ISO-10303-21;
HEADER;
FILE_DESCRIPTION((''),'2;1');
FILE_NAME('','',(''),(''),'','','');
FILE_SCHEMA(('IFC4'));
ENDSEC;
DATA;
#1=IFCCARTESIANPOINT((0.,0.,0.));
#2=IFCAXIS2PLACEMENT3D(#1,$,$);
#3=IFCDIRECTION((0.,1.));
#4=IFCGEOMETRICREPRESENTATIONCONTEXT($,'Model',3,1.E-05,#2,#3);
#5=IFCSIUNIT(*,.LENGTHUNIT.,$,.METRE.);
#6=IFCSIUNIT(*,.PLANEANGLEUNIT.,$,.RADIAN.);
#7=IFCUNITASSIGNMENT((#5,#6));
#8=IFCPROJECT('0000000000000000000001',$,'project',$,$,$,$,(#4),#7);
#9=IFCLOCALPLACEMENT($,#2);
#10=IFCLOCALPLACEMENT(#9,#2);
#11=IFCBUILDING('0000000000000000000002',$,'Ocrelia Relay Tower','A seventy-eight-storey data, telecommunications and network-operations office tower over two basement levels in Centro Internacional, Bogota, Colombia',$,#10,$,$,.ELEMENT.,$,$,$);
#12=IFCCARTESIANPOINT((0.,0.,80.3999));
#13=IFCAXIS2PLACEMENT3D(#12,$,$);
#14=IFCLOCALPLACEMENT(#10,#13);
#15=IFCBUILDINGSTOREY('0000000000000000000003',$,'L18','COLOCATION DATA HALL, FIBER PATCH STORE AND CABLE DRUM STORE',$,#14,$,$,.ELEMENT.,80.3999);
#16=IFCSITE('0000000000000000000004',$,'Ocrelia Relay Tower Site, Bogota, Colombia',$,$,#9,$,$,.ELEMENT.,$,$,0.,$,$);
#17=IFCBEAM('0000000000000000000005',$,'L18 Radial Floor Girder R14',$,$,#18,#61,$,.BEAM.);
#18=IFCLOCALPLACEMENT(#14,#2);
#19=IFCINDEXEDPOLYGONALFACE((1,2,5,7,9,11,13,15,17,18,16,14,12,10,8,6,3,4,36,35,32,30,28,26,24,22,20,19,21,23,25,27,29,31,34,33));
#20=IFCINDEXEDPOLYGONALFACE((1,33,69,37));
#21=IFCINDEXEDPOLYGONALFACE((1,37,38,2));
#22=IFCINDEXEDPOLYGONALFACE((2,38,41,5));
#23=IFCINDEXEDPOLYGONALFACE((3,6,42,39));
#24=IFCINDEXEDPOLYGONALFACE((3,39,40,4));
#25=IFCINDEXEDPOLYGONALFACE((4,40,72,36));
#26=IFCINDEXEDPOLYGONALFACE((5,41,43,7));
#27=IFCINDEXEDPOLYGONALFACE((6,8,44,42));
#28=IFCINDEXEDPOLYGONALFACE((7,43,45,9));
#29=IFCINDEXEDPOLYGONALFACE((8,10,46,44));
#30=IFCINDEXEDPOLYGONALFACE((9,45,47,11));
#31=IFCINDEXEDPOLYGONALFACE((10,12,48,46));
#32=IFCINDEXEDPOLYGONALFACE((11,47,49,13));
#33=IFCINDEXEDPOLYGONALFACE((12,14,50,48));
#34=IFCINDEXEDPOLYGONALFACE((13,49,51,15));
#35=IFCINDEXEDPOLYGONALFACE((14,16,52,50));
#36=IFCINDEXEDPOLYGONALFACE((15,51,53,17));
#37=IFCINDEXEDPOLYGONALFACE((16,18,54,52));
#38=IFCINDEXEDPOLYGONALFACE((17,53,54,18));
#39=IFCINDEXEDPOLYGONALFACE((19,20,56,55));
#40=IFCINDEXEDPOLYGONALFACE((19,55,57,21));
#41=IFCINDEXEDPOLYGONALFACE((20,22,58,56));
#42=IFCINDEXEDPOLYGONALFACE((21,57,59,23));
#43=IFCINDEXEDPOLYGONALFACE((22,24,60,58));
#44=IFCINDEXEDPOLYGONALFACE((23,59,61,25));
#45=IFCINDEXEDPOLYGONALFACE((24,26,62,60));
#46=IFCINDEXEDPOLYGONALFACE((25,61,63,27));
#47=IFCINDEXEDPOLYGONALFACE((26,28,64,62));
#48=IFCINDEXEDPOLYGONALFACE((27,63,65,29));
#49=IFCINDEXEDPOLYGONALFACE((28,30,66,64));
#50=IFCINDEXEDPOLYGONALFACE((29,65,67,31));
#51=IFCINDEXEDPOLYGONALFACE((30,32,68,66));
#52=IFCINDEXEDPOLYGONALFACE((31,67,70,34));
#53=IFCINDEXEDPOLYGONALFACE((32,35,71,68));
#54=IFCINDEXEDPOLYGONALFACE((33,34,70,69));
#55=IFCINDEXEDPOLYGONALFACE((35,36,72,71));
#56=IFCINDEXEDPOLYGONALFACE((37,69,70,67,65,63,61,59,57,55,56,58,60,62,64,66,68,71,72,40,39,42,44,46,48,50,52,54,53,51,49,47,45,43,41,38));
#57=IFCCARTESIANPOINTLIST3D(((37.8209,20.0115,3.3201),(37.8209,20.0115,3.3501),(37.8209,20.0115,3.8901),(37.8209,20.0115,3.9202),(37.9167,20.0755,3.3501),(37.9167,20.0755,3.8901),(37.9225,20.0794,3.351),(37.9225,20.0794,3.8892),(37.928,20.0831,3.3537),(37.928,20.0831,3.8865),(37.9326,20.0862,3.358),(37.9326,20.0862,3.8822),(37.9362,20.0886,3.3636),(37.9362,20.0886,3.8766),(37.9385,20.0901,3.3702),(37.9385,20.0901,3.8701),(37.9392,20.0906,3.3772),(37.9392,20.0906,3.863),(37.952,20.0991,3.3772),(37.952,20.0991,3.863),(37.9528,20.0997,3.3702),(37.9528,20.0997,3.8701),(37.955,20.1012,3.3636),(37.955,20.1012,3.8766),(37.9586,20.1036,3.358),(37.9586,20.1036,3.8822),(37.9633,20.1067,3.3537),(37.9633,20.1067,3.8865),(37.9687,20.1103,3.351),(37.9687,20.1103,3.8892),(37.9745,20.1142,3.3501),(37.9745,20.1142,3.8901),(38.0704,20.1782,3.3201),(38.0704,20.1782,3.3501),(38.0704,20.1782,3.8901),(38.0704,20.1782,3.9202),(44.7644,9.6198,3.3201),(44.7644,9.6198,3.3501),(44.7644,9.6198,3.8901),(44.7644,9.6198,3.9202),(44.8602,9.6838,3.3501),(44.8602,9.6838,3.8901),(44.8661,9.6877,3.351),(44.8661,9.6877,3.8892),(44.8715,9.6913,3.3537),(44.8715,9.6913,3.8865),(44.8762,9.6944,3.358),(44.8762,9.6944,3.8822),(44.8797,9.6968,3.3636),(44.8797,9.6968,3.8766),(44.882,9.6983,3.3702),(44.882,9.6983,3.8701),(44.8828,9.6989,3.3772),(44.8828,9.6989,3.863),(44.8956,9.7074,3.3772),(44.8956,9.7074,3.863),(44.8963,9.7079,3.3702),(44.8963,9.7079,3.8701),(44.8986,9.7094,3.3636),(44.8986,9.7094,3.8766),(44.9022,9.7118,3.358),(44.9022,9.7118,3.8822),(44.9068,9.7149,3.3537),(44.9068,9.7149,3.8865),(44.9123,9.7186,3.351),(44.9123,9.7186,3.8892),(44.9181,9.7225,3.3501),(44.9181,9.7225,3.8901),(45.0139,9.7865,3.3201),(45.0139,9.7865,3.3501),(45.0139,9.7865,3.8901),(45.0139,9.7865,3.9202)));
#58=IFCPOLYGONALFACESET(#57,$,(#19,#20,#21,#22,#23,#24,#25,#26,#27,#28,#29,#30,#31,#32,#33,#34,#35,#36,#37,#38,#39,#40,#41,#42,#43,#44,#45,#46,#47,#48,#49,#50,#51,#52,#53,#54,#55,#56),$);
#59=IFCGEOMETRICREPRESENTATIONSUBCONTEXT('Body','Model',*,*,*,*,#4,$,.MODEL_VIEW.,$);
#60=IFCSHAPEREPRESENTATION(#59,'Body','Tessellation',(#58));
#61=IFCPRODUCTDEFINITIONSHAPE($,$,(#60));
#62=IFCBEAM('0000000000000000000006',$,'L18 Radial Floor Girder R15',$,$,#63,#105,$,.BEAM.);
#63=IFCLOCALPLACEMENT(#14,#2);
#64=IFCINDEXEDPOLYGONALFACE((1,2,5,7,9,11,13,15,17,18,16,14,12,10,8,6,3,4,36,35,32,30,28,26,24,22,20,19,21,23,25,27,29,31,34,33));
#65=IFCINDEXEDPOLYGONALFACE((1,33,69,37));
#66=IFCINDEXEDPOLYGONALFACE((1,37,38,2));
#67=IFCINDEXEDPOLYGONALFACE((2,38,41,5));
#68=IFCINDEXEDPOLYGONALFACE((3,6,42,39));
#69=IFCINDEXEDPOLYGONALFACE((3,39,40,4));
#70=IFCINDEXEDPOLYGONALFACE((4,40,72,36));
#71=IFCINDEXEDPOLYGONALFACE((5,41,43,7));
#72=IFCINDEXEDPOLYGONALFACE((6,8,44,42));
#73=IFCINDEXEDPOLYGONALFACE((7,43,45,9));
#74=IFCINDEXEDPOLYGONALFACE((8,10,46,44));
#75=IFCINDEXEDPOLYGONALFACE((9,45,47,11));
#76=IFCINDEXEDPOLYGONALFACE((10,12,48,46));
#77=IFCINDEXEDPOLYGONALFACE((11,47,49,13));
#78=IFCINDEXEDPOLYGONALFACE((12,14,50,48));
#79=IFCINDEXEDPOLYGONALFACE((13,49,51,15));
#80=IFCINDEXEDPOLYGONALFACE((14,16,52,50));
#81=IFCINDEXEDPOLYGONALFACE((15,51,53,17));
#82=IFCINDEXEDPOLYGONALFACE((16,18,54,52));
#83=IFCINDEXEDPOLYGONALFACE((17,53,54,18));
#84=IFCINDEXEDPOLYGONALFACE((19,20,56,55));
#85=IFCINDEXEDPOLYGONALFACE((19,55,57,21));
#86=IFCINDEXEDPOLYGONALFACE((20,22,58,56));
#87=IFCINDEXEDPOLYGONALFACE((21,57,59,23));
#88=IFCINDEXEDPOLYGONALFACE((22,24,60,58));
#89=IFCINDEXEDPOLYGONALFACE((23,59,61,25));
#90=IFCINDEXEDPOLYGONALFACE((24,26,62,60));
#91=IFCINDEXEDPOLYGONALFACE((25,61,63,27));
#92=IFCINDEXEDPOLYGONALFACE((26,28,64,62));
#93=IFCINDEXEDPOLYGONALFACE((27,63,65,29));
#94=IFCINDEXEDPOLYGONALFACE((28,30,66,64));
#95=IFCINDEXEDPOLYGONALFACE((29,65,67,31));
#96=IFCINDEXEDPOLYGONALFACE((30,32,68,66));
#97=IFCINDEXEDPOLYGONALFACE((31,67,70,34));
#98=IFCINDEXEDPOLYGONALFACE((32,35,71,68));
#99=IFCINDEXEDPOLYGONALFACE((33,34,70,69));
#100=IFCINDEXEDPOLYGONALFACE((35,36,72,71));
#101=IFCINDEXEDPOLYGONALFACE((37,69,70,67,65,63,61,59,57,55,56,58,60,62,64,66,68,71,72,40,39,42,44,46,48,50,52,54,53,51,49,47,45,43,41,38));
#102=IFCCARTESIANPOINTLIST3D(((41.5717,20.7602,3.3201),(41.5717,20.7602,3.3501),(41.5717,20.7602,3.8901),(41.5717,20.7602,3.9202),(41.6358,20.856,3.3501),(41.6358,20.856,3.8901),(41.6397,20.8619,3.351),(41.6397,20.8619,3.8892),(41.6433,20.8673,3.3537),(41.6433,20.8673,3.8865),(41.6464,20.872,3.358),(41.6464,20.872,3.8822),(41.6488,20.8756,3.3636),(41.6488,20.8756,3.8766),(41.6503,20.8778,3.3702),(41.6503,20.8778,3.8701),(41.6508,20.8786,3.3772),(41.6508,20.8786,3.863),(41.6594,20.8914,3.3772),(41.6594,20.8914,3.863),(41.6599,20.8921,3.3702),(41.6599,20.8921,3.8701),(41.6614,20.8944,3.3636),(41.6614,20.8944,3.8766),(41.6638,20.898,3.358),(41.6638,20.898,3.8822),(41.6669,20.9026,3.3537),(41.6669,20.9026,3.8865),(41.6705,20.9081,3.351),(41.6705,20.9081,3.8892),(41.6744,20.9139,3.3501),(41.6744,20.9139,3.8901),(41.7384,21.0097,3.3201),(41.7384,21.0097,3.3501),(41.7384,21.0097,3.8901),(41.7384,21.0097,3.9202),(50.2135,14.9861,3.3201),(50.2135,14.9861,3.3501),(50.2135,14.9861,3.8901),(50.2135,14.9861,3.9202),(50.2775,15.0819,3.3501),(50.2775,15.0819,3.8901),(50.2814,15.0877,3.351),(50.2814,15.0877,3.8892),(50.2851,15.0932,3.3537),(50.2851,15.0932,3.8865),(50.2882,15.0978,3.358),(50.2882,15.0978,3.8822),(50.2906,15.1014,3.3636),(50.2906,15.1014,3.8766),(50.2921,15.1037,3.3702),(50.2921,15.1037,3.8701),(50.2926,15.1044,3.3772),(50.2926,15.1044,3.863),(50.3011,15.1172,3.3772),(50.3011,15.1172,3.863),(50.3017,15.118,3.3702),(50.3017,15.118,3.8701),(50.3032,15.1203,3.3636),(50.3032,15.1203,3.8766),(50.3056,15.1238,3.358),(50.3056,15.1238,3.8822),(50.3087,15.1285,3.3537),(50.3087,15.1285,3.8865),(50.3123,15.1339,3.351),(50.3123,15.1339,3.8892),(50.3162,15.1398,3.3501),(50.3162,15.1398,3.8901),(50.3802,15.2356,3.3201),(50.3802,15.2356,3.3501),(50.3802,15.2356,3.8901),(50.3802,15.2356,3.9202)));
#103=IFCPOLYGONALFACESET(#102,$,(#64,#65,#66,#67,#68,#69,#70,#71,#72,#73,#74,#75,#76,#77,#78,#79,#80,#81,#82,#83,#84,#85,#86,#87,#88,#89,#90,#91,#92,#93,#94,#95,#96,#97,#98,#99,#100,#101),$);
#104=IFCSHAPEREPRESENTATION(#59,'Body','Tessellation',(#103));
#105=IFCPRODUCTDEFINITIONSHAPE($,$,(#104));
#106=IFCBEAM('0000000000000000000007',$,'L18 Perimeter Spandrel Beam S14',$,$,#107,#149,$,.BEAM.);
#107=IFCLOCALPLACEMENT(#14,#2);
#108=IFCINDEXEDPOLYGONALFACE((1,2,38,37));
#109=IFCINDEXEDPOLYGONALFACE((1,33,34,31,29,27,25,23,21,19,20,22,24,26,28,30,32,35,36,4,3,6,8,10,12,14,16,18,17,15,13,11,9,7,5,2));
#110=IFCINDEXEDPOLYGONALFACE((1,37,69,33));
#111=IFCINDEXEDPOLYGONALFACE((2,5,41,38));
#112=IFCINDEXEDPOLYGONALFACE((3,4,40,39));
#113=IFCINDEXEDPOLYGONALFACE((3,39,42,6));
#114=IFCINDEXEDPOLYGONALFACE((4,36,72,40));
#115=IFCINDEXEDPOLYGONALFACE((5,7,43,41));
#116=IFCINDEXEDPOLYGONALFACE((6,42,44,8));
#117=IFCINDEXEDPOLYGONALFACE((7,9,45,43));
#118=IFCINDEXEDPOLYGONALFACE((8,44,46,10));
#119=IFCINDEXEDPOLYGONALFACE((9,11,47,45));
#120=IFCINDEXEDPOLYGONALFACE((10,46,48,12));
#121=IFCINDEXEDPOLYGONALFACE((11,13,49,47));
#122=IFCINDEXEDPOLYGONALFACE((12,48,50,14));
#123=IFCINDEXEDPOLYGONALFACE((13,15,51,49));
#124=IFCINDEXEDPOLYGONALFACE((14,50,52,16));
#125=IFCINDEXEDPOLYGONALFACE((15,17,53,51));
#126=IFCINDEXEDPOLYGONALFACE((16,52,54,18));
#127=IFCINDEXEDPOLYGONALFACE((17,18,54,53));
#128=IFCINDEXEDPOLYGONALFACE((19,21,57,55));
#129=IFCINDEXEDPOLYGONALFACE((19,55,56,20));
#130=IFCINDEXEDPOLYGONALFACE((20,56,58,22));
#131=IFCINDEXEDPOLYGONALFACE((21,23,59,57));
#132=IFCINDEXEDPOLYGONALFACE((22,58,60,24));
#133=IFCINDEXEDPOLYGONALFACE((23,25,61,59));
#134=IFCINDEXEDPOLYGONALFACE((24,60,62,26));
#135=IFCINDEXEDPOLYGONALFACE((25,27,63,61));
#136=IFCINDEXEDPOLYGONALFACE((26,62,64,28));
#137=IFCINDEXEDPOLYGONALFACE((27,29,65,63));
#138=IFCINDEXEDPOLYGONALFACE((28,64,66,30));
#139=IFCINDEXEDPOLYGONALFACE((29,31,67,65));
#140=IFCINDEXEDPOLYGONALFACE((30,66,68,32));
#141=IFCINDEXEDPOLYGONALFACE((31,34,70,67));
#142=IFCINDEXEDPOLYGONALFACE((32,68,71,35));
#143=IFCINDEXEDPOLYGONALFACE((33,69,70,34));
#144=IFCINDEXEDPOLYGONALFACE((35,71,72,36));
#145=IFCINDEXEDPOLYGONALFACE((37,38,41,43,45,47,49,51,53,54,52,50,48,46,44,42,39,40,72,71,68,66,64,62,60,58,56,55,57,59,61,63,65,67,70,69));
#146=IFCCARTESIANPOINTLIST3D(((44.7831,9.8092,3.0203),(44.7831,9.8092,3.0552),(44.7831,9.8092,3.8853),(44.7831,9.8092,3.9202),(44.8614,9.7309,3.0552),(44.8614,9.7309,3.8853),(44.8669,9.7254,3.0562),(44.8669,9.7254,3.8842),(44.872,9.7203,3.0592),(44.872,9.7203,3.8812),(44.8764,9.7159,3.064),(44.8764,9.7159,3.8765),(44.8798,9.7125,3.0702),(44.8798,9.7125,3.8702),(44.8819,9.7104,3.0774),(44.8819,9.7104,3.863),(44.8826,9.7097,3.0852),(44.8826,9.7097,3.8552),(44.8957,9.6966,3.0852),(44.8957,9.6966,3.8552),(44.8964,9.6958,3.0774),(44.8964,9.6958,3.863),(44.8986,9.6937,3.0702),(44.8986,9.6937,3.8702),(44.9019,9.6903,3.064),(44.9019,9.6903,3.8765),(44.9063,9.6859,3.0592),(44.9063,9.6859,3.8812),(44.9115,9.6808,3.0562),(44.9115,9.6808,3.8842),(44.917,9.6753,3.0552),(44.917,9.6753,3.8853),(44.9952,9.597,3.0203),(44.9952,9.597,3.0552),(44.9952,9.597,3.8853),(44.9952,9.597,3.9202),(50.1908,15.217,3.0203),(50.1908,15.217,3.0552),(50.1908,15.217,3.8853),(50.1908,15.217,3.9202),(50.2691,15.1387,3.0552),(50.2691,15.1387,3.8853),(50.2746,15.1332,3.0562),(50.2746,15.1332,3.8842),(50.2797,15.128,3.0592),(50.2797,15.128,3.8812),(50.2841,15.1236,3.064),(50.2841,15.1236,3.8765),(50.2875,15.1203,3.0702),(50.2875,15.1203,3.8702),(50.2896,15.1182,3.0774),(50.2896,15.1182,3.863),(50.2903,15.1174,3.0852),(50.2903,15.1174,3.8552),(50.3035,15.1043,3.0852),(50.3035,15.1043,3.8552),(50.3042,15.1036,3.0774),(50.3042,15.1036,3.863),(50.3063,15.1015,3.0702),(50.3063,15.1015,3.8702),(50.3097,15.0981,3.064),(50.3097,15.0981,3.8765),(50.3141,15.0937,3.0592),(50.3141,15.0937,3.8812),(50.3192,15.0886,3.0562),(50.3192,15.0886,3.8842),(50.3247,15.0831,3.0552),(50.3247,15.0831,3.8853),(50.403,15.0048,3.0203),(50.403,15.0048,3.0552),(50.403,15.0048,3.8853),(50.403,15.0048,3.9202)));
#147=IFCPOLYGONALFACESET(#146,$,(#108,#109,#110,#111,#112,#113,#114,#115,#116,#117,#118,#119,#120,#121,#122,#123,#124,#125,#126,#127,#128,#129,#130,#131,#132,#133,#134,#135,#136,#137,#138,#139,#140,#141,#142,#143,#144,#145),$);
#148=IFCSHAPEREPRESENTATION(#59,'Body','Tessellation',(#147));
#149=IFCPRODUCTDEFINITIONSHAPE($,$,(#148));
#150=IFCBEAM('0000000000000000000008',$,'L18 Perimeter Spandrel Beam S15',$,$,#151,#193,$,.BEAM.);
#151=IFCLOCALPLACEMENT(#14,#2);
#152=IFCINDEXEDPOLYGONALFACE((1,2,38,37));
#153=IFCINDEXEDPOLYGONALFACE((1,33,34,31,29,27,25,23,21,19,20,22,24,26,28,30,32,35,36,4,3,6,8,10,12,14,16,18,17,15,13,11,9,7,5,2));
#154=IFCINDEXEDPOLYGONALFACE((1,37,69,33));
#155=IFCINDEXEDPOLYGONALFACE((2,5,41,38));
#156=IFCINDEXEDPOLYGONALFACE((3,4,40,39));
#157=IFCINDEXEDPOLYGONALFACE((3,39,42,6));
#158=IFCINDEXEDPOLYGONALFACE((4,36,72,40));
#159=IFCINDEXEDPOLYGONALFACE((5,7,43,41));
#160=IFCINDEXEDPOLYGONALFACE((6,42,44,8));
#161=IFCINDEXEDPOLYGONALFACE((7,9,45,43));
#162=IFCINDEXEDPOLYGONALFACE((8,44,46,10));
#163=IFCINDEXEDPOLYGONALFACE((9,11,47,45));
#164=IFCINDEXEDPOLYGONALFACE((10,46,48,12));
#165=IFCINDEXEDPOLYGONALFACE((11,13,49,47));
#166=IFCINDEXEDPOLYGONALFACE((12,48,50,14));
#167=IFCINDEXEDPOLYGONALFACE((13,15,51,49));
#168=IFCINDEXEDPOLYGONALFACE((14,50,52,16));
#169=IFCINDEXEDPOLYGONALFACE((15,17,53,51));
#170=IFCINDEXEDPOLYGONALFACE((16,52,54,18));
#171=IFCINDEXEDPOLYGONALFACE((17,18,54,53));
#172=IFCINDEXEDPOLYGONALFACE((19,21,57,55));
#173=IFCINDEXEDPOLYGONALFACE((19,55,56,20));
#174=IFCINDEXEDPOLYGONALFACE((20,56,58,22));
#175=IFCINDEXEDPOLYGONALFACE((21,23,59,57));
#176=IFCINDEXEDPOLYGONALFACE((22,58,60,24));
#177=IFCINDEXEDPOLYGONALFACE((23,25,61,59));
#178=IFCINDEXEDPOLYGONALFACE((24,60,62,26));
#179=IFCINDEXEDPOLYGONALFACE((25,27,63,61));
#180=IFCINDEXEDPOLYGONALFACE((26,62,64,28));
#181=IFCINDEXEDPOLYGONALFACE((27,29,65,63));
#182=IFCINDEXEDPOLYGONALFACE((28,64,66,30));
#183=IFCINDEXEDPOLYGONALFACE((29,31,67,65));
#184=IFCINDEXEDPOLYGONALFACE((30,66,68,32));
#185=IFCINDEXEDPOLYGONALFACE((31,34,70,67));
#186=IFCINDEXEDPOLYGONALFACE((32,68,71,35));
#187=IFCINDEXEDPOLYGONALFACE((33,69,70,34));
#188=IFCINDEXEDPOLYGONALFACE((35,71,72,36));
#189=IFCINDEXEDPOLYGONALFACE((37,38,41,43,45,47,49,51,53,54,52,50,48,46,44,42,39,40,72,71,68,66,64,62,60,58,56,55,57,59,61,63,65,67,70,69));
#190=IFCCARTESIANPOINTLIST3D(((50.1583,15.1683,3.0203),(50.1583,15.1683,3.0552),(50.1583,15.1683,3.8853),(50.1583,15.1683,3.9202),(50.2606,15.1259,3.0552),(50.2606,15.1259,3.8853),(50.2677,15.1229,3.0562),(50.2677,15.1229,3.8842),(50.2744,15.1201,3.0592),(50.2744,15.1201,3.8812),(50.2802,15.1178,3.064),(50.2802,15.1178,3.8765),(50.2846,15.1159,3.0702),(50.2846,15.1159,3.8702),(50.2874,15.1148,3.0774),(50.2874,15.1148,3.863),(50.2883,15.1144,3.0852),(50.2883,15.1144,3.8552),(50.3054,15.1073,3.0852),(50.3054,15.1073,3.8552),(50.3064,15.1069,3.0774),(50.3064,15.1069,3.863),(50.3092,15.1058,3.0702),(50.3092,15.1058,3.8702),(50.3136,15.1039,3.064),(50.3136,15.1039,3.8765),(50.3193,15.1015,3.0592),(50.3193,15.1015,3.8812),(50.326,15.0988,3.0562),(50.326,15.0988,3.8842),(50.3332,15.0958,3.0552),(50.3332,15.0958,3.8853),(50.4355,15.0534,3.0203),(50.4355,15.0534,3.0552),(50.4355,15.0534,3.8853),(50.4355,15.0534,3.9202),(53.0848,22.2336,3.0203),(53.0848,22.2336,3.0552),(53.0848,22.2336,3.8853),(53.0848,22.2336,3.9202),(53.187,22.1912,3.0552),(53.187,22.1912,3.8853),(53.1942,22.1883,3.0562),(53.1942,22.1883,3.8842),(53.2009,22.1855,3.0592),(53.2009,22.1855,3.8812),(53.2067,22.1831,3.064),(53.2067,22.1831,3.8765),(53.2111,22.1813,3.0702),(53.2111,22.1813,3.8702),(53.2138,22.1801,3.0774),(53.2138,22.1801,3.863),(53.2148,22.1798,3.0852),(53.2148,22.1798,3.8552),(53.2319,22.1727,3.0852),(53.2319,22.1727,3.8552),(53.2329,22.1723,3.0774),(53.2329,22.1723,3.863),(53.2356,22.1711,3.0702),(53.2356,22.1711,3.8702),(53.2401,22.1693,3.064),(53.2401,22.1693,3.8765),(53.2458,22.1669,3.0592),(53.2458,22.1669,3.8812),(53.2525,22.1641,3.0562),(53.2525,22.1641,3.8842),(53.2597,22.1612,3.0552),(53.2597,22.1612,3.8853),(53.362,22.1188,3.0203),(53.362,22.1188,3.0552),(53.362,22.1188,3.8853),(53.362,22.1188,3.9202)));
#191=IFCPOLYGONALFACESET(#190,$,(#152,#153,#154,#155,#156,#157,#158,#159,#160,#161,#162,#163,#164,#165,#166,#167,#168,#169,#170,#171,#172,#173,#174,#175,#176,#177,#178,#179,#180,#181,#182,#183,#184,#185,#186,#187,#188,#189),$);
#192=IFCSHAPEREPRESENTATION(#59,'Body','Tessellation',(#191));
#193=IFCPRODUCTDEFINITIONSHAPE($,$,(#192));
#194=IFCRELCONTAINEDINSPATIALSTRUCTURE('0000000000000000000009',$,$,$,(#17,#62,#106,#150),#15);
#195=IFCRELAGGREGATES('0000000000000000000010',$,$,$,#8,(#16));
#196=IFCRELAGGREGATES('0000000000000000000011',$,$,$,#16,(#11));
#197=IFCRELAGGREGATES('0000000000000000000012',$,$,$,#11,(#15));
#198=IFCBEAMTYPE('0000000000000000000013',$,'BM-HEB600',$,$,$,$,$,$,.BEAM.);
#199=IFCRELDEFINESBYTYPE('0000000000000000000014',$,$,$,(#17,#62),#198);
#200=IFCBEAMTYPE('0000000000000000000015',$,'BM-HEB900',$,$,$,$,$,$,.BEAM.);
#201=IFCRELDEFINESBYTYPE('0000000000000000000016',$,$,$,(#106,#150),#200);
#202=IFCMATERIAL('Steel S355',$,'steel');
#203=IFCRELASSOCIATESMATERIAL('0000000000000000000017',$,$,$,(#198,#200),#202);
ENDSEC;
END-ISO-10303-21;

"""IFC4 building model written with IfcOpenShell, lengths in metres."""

from ifc_helpers import new_model, si_unit, direction, frame, origin, origin_2d, place, context, subcontext, project, spatial, i_section, extrude, material, material_profile, profile_set, type_object, element, save


model = new_model("IFC4")

# Units and contexts
model_context = context("Model", 3, precision=1e-05, world=origin(), true_north=direction((0.0, 1.0)))
body_context = subcontext(model_context, "Body", "Model", "MODEL_VIEW")
ifc_project = project(units=[si_unit("LENGTHUNIT", "METRE"), si_unit("PLANEANGLEUNIT", "RADIAN")], contexts=[model_context])

# Site, building, storey
site_placement = place(None, origin())
site = spatial("IfcSite", under=ifc_project, at=site_placement, Name="Ocrelia Relay Tower Site, Bogota, Colombia", CompositionType="ELEMENT", RefElevation=0.0)
building_placement = place(site_placement, origin())
building = spatial("IfcBuilding", under=site, at=building_placement, Name="Ocrelia Relay Tower", Description="A seventy-eight-storey data, telecommunications and network-operations office tower over two basement levels in Centro Internacional, Bogota, Colombia", CompositionType="ELEMENT")
storey_placement = place(building_placement, frame((0.0, 0.0, 80.3999)))
storey = spatial("IfcBuildingStorey", under=building, at=storey_placement, Name="L18", Description="COLOCATION DATA HALL, FIBER PATCH STORE AND CABLE DRUM STORE", CompositionType="ELEMENT", Elevation=80.3999)

# Beams
ifc_material_1 = material(Name="Steel S355", Category="steel")
ifc_material_profile_1 = material_profile(ifc_material_1, i_section(OverallWidth=0.3, OverallDepth=0.6001, WebThickness=0.0154, FlangeThickness=0.03, FilletRadius=0.0271, at=origin_2d()), Name="HEB 600")
ifc_profile_set_1 = profile_set([ifc_material_profile_1], Name="Steel S355")
beam_type_1 = type_object("IfcBeamType", Name="BM-HEB600", PredefinedType="BEAM", material=ifc_profile_set_1)
beam_1_placement = place(storey_placement, frame((44.8892, 9.7031, 3.6201), z_axis=(-0.55557, 0.83147, 0.0), x_axis=(-0.83147, -0.55557, 0.0)))
element("IfcBeam", 1, at=beam_1_placement, inside=storey, type_object=beam_type_1, Name="L18 Radial Floor Girder R14", PredefinedType="BEAM", context=body_context, shape_type="SweptSolid", body=[
    extrude(i_section(OverallWidth=0.3, OverallDepth=0.6001, WebThickness=0.0154, FlangeThickness=0.03, FilletRadius=0.0271, at=origin_2d()), origin(), (0.0, 0.0, 1.0), 12.498),
])
beam_2_placement = place(storey_placement, frame((50.2969, 15.1108, 3.6201), z_axis=(-0.831475, 0.555562, 0.0), x_axis=(-0.555562, -0.831475, 0.0)))
element("IfcBeam", 2, at=beam_2_placement, inside=storey, type_object=beam_type_1, Name="L18 Radial Floor Girder R15", PredefinedType="BEAM", context=body_context, shape_type="SweptSolid", body=[
    extrude(i_section(OverallWidth=0.3, OverallDepth=0.6001, WebThickness=0.0154, FlangeThickness=0.03, FilletRadius=0.0271, at=origin_2d()), origin(), (0.0, 0.0, 1.0), 10.3933),
])
ifc_material_profile_2 = material_profile(ifc_material_1, i_section(OverallWidth=0.3, OverallDepth=0.8999, WebThickness=0.0186, FlangeThickness=0.0349, FilletRadius=0.03, at=origin_2d()), Name="HEB 900")
ifc_profile_set_2 = profile_set([ifc_material_profile_2], Name="Steel S355")
beam_type_2 = type_object("IfcBeamType", Name="BM-HEB900", PredefinedType="BEAM", material=ifc_profile_set_2)
beam_3_placement = place(storey_placement, frame((44.8892, 9.7031, 3.4702), z_axis=(0.707107, 0.707107, 0.0), x_axis=(-0.707107, 0.707107, 0.0)))
element("IfcBeam", 3, at=beam_3_placement, inside=storey, type_object=beam_type_2, Name="L18 Perimeter Spandrel Beam S14", PredefinedType="BEAM", context=body_context, shape_type="SweptSolid", body=[
    extrude(i_section(OverallWidth=0.3, OverallDepth=0.8999, WebThickness=0.0186, FlangeThickness=0.0349, FilletRadius=0.03, at=origin_2d()), origin(), (0.0, 0.0, 1.0), 7.6477),
])
beam_4_placement = place(storey_placement, frame((50.2969, 15.1108, 3.4702), z_axis=(0.382674, 0.923883, 0.0), x_axis=(-0.923883, 0.382674, 0.0)))
element("IfcBeam", 4, at=beam_4_placement, inside=storey, type_object=beam_type_2, Name="L18 Perimeter Spandrel Beam S15", PredefinedType="BEAM", context=body_context, shape_type="SweptSolid", body=[
    extrude(i_section(OverallWidth=0.3, OverallDepth=0.8999, WebThickness=0.0186, FlangeThickness=0.0349, FilletRadius=0.03, at=origin_2d()), origin(), (0.0, 0.0, 1.0), 7.6475),
])

save(model, "model.ifc")
